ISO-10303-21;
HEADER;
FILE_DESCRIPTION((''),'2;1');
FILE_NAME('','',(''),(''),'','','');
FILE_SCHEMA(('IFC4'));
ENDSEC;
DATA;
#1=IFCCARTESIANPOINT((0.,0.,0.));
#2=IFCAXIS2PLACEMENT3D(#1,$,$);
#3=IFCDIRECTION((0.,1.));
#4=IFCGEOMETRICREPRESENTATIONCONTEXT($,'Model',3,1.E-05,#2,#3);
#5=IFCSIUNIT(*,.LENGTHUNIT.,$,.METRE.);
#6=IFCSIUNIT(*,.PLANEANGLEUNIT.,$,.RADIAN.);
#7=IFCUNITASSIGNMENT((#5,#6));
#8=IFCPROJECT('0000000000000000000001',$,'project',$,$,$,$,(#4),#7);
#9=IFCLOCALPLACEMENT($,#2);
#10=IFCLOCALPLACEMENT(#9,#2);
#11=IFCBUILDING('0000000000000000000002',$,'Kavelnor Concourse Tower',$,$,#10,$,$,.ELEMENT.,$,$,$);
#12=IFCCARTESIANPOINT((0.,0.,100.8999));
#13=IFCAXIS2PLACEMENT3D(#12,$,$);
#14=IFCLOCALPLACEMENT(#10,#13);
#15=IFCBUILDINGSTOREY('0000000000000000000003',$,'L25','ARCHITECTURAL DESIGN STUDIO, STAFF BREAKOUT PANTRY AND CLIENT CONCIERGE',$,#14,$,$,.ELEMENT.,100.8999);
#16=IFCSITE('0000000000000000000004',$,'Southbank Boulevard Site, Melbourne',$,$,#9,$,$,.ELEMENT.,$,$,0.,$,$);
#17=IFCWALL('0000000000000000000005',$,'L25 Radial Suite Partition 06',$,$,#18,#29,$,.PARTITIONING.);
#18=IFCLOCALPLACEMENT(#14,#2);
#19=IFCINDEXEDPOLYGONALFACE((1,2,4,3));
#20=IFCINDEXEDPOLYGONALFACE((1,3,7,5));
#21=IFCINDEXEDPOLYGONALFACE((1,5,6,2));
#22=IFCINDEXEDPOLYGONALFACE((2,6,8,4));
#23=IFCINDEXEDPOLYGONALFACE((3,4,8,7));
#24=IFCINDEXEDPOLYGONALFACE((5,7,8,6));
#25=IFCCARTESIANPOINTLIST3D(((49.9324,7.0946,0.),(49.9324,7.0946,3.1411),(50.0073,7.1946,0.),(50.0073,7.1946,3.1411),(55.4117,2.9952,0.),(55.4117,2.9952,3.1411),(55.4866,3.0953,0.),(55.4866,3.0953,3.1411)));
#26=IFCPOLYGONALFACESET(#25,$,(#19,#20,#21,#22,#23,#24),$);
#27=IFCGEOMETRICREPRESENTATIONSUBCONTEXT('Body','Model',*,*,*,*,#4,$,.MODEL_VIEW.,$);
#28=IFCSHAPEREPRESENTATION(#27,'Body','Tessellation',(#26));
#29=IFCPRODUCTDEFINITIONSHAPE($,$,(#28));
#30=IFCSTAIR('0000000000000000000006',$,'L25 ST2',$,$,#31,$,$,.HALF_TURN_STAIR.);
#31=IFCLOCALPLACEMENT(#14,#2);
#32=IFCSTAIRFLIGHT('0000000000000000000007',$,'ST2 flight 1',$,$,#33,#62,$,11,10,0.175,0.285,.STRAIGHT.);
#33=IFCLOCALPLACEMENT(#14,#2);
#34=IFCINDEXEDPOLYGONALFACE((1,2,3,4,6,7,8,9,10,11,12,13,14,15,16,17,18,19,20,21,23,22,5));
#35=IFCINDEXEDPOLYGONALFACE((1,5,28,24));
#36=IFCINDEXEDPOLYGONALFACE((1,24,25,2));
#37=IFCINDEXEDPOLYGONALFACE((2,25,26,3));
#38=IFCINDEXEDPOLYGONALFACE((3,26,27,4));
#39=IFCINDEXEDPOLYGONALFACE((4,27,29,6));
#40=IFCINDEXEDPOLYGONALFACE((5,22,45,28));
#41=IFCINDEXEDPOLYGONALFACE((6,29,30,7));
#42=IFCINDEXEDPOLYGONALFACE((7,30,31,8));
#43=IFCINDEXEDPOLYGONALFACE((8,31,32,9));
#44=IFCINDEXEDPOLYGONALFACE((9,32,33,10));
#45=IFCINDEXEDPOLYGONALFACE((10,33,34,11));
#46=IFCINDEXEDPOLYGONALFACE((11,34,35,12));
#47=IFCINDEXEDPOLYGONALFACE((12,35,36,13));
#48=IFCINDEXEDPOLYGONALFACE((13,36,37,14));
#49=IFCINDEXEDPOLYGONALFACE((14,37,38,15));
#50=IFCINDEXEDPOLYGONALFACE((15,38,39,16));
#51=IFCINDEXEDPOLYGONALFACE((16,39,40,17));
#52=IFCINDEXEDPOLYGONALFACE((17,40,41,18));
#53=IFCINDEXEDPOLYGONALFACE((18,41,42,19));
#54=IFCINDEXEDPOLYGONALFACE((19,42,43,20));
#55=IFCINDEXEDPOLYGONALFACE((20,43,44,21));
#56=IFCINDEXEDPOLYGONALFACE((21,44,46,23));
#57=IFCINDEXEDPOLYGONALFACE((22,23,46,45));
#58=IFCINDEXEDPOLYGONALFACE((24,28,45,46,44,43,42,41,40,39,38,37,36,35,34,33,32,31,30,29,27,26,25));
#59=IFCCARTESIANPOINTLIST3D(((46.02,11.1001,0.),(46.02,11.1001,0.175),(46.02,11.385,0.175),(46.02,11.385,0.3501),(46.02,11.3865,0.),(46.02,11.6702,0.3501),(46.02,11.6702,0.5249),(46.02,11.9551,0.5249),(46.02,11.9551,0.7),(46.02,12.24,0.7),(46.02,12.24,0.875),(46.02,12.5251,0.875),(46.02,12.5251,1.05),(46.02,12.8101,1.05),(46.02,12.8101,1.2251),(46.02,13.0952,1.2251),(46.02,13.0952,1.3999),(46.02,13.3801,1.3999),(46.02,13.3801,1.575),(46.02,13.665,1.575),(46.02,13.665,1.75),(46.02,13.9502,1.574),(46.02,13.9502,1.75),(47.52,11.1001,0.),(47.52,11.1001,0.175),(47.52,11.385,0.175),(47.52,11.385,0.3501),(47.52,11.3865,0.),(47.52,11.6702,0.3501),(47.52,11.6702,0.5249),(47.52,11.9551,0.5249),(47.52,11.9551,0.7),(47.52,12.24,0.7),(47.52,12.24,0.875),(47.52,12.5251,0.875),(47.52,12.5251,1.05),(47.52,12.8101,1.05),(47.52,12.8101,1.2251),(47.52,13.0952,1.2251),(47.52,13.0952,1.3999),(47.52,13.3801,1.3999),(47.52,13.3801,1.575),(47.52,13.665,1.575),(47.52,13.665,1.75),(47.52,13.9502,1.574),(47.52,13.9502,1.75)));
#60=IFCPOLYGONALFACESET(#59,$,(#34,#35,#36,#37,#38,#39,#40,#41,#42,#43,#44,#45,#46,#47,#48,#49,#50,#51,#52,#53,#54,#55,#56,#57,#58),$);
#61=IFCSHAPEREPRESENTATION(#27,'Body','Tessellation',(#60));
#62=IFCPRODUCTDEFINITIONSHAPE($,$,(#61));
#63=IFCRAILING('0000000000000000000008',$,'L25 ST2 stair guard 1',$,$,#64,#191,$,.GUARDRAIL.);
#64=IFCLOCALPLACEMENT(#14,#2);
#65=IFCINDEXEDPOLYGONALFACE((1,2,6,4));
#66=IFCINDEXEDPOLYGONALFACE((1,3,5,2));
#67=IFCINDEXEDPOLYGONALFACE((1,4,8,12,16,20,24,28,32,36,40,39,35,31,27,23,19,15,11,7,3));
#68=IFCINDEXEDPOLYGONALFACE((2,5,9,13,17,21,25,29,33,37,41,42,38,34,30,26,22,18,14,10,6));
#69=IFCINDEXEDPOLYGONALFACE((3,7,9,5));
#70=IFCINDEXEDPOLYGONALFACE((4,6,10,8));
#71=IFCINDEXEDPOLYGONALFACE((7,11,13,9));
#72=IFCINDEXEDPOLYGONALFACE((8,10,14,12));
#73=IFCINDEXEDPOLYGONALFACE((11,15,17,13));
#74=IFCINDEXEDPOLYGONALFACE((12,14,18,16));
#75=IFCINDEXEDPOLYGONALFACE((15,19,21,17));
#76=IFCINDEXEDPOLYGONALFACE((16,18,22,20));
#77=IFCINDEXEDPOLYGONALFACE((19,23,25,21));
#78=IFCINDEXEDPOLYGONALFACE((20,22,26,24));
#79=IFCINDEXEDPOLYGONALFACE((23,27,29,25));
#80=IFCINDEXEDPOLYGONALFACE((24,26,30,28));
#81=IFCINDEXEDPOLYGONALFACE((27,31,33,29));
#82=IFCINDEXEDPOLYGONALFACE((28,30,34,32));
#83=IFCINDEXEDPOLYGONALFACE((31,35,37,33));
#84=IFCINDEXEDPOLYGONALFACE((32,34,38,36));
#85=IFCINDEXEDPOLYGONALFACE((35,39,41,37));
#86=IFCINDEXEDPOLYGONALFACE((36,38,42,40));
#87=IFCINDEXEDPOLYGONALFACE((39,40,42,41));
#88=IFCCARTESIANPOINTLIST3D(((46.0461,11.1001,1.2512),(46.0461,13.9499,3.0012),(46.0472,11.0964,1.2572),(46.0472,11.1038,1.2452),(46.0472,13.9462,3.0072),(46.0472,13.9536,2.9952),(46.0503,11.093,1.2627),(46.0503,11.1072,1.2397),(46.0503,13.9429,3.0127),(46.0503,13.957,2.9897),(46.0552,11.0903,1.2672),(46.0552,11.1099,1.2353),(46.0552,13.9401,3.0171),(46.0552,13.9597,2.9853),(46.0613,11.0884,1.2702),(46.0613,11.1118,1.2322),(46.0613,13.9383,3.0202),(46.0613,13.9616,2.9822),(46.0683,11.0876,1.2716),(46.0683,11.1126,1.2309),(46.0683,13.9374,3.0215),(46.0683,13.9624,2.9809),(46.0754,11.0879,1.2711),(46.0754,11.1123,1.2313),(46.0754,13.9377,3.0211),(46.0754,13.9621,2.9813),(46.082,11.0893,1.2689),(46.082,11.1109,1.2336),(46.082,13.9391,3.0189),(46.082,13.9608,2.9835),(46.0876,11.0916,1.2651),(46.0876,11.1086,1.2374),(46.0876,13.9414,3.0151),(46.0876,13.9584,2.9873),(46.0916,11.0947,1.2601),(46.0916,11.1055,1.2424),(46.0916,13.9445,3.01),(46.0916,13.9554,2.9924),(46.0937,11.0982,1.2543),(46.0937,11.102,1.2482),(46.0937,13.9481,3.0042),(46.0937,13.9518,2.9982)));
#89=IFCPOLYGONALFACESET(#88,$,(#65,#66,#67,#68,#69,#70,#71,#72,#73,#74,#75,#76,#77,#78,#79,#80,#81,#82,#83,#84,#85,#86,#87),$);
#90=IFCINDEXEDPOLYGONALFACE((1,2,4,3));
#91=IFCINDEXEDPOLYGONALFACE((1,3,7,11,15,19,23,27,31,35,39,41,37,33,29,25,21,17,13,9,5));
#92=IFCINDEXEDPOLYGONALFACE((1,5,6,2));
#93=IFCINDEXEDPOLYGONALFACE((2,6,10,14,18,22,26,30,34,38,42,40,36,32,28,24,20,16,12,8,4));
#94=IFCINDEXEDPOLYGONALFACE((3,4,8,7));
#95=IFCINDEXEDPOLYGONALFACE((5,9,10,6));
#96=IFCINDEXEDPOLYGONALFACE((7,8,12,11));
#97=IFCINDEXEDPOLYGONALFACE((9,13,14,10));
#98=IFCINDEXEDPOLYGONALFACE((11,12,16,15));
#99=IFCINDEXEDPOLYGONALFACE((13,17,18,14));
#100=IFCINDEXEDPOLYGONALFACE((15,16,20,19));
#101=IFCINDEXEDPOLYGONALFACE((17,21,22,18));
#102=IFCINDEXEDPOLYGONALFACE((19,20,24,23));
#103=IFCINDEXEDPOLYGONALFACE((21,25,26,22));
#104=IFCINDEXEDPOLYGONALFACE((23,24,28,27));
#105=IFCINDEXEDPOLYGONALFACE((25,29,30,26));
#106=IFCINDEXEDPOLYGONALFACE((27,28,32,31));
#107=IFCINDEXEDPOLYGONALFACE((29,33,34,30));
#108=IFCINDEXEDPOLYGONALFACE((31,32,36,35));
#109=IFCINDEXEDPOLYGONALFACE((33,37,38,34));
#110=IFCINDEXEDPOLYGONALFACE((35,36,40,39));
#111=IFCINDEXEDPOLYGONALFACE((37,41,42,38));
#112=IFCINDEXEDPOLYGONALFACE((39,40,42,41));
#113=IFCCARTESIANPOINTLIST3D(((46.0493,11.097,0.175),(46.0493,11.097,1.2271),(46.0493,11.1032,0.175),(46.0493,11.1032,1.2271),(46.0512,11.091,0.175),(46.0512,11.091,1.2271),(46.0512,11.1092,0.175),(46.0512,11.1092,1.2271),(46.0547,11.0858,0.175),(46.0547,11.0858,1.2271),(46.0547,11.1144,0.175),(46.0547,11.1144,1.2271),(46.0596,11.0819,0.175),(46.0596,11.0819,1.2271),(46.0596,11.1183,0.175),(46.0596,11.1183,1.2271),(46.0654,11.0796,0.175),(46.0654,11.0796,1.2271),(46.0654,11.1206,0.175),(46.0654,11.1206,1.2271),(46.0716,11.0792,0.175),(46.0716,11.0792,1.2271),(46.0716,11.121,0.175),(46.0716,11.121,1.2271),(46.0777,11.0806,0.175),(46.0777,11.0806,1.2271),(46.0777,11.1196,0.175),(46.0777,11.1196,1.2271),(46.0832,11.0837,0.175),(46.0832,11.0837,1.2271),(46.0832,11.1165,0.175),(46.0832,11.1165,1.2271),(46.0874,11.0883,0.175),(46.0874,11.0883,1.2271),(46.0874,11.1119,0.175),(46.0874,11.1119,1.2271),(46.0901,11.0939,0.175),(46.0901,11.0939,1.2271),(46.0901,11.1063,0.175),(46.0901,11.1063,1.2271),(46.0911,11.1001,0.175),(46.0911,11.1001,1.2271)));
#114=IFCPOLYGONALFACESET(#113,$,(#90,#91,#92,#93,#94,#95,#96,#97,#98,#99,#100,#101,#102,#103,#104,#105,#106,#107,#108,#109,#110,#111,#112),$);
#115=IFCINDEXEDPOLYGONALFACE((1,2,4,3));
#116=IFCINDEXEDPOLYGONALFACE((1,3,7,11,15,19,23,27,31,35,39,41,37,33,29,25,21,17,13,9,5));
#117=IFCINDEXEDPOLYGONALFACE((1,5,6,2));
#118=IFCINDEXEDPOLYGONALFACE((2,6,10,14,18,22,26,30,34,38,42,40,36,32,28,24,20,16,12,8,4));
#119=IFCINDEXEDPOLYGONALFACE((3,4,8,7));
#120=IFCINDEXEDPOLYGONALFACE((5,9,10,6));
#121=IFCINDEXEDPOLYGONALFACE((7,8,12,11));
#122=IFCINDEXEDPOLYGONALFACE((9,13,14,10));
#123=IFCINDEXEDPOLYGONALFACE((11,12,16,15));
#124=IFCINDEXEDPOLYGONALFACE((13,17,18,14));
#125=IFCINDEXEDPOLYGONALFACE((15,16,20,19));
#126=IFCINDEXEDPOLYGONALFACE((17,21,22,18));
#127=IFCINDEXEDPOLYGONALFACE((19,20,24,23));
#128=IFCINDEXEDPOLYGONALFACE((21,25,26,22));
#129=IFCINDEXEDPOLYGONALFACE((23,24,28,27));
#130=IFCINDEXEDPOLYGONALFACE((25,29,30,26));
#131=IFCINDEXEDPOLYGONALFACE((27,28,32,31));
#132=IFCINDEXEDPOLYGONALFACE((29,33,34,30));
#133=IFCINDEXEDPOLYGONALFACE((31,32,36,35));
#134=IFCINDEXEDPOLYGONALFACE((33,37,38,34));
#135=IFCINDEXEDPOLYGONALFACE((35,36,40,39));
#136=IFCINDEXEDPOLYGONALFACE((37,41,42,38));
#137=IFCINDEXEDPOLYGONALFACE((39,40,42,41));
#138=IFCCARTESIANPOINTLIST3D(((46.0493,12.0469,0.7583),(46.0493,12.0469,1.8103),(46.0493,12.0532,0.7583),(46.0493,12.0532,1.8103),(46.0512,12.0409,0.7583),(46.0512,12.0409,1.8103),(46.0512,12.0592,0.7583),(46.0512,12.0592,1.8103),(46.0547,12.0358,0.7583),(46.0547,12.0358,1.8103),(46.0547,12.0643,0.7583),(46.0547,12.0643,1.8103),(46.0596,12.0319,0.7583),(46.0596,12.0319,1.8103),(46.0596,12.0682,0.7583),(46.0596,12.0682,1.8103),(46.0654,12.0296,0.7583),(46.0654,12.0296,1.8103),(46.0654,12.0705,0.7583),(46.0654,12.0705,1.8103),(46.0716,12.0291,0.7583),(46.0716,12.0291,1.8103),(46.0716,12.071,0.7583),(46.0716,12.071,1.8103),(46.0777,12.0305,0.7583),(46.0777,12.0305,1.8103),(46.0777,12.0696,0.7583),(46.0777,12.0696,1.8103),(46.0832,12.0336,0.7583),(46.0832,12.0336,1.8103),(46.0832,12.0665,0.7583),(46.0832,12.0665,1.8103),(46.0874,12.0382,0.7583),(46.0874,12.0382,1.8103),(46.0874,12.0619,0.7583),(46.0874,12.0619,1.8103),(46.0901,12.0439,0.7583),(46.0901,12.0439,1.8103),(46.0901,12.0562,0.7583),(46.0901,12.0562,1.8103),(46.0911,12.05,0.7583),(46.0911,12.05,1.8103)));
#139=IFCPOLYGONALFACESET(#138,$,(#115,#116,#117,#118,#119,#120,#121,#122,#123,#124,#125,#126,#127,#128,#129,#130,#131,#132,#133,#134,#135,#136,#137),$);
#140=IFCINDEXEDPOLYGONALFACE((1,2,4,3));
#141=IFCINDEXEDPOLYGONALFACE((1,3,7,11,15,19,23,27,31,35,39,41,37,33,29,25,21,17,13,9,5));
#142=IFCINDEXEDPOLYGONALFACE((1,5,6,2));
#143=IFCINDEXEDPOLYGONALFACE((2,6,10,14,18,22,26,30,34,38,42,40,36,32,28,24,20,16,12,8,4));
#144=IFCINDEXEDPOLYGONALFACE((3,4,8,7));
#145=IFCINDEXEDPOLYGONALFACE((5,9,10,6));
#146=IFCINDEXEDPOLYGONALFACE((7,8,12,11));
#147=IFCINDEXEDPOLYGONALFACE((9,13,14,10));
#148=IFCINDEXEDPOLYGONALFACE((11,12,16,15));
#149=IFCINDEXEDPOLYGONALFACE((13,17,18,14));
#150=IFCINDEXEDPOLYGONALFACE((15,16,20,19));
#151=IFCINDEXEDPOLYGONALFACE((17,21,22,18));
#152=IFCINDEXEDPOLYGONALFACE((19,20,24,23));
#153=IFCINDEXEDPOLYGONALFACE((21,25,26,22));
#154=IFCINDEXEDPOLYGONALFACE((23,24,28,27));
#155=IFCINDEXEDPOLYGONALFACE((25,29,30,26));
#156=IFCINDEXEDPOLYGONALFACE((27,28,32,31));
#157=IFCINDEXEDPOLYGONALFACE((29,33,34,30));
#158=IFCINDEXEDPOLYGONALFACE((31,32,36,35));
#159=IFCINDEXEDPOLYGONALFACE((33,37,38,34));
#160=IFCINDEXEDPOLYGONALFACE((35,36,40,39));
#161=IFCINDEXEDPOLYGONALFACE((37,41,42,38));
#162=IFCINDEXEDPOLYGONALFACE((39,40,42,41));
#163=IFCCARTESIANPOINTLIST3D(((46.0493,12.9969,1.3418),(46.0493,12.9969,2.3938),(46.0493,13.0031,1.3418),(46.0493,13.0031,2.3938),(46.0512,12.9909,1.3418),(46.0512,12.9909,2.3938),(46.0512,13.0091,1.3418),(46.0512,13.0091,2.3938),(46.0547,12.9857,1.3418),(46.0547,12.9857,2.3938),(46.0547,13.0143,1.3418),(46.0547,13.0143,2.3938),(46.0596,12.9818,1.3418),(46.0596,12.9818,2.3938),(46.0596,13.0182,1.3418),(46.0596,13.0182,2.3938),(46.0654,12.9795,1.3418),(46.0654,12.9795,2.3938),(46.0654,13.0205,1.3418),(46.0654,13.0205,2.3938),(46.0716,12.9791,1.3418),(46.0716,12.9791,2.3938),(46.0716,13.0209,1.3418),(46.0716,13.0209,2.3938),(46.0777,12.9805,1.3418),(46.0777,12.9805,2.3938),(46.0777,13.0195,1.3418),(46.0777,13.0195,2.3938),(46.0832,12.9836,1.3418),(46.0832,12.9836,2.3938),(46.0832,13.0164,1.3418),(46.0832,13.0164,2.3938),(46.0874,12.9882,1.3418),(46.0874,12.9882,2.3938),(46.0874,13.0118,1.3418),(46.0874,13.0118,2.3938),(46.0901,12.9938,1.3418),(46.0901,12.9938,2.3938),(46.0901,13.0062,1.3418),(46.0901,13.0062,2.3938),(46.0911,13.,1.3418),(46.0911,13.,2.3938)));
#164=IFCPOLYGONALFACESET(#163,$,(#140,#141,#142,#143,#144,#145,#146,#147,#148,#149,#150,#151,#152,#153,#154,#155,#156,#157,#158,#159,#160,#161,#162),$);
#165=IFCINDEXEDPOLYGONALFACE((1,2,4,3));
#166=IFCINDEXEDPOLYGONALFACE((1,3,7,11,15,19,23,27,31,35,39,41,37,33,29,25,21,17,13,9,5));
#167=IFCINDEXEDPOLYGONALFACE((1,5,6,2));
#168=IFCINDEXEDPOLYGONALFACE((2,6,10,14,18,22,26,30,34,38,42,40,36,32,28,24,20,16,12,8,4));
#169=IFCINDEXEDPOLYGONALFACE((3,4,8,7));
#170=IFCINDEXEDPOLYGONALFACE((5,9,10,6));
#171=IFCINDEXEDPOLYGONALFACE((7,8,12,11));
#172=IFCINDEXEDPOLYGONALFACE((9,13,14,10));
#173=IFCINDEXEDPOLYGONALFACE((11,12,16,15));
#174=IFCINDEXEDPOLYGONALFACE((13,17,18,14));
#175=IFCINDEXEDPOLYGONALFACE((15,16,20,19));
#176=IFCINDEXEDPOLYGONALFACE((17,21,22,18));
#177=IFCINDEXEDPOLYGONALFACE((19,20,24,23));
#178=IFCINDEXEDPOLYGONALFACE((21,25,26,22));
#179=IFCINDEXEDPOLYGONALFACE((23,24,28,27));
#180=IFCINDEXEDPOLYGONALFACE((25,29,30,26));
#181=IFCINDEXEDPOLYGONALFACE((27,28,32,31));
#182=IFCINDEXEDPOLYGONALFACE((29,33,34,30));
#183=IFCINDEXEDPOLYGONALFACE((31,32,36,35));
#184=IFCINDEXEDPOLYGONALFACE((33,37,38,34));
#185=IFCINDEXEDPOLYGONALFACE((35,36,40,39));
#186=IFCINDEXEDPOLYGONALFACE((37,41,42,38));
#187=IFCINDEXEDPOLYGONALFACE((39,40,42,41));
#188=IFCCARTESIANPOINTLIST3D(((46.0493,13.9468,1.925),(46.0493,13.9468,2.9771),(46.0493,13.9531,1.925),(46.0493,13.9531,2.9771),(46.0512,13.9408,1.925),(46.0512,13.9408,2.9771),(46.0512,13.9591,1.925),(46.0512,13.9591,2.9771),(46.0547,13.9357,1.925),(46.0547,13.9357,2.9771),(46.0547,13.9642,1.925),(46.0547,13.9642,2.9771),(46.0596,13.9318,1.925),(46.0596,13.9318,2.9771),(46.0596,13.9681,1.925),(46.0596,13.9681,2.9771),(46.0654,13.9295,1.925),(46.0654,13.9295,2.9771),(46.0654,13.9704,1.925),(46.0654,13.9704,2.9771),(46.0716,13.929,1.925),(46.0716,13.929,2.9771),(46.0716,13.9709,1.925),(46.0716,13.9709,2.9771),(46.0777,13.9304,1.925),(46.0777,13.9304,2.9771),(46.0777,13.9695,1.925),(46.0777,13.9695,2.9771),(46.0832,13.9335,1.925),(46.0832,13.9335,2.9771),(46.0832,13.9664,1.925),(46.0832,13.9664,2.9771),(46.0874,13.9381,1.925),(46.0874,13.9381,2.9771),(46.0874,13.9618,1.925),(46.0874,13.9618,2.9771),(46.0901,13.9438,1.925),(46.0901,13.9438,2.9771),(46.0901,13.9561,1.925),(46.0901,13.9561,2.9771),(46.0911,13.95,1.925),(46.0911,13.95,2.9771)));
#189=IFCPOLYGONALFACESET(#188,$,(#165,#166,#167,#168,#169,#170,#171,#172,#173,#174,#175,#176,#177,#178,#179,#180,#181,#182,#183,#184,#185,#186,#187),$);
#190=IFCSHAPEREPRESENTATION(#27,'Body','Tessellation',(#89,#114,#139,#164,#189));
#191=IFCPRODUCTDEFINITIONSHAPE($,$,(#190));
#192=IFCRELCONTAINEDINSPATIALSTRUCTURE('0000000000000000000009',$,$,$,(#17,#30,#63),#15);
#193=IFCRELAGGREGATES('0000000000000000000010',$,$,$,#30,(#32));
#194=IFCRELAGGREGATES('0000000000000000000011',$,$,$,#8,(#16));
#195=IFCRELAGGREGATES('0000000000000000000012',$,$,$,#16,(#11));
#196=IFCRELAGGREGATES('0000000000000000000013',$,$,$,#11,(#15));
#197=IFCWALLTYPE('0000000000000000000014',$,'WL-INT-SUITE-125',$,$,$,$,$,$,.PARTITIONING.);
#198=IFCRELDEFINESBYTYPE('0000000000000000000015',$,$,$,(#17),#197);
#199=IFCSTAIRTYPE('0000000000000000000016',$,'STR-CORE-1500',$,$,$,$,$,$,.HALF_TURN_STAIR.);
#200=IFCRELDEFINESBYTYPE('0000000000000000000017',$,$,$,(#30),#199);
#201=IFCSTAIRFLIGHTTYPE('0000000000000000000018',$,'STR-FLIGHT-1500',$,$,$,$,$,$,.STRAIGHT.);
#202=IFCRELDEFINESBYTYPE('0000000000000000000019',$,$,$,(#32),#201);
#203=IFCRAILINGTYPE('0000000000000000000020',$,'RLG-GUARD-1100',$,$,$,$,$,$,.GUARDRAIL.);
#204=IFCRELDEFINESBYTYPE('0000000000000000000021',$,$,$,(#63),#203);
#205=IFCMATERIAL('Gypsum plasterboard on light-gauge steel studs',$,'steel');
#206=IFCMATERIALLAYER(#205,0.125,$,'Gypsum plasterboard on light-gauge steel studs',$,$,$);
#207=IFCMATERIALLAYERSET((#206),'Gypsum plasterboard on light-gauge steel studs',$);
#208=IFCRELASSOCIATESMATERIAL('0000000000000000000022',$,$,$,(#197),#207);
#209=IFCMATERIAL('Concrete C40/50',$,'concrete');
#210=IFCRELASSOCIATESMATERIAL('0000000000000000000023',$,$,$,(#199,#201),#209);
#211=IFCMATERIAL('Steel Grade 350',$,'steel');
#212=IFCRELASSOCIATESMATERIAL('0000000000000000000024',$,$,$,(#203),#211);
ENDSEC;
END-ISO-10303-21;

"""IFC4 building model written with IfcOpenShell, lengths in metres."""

from ifc_helpers import new_model, si_unit, direction, frame, frame_2d, origin, origin_2d, place, context, subcontext, project, spatial, polyline, rectangle, circle, outline, extrude, material, layer, layer_set, type_object, element, aggregate, save


model = new_model("IFC4")

# Units and contexts
model_context = context("Model", 3, precision=1e-05, world=origin(), true_north=direction((0.0, 1.0)))
body_context = subcontext(model_context, "Body", "Model", "MODEL_VIEW")
ifc_project = project(units=[si_unit("LENGTHUNIT", "METRE"), si_unit("PLANEANGLEUNIT", "RADIAN")], contexts=[model_context])

# Site, building, storey
site_placement = place(None, origin())
site = spatial("IfcSite", under=ifc_project, at=site_placement, Name="Southbank Boulevard Site, Melbourne", CompositionType="ELEMENT", RefElevation=0.0)
building_placement = place(site_placement, origin())
building = spatial("IfcBuilding", under=site, at=building_placement, Name="Kavelnor Concourse Tower", CompositionType="ELEMENT")
storey_placement = place(building_placement, frame((0.0, 0.0, 100.8999)))
storey = spatial("IfcBuildingStorey", under=building, at=storey_placement, Name="L25", Description="ARCHITECTURAL DESIGN STUDIO, STAFF BREAKOUT PANTRY AND CLIENT CONCIERGE", CompositionType="ELEMENT", Elevation=100.8999)

# Shared definitions
ifc_material_1 = material(Name="Steel Grade 350", Category="steel")

# Shared definitions
ifc_material_2 = material(Name="Gypsum plasterboard on light-gauge steel studs", Category="steel")

# Wall
ifc_layer_1 = layer(ifc_material_2, 0.125, Name="Gypsum plasterboard on light-gauge steel studs")
ifc_layer_set_1 = layer_set([ifc_layer_1], Name="Gypsum plasterboard on light-gauge steel studs")
wall_type_1 = type_object("IfcWallType", Name="WL-INT-SUITE-125", PredefinedType="PARTITIONING", material=ifc_layer_set_1)
wall_1_placement = place(storey_placement, frame((49.97, 7.1445, 0.0), z_axis=(0.0, 0.0, 1.0), x_axis=(0.800706, -0.599058, 0.0)))
element("IfcWall", 1, at=wall_1_placement, inside=storey, type_object=wall_type_1, Name="L25 Radial Suite Partition 06", PredefinedType="PARTITIONING", context=body_context, shape_type="SweptSolid", body=[
    extrude(rectangle(XDim=6.843, YDim=0.125, at=frame_2d((3.4214, 0.0))), origin(), (0.0, 0.0, 1.0), 3.1411),
])

# Stair, stair flight
ifc_material_3 = material(Name="Concrete C40/50", Category="concrete")
stair_type = type_object("IfcStairType", Name="STR-CORE-1500", PredefinedType="HALF_TURN_STAIR", material=ifc_material_3)
stair_placement = place(storey_placement, origin())
stair = element("IfcStair", 2, at=stair_placement, inside=storey, type_object=stair_type, Name="L25 ST2", PredefinedType="HALF_TURN_STAIR")
stair_flight_type = type_object("IfcStairFlightType", Name="STR-FLIGHT-1500", PredefinedType="STRAIGHT", material=ifc_material_3)
stair_flight_placement = place(storey_placement, frame((46.77, 11.1001, 0.0), z_axis=(0.0, 0.0, 1.0), x_axis=(0.0, 1.0, 0.0)))
stair_flight = element("IfcStairFlight", 3, at=stair_flight_placement, type_object=stair_flight_type, Name="ST2 flight 1", NumberOfRisers=11, NumberOfTreads=10, PredefinedType="STRAIGHT", RiserHeight=0.175, TreadLength=0.285, context=body_context, shape_type="SweptSolid", body=[
    extrude(outline(polyline([(0.0, 0.0), (0.0, 0.175), (0.2849, 0.175), (0.2849, 0.3501), (0.5701, 0.3501), (0.5701, 0.5249), (0.855, 0.5249), (0.855, 0.7), (1.1399, 0.7), (1.1399, 0.875), (1.425, 0.875), (1.425, 1.05), (1.71, 1.05), (1.71, 1.2251), (1.9951, 1.2251), (1.9951, 1.3999), (2.28, 1.3999), (2.28, 1.575), (2.5649, 1.575), (2.5649, 1.75), (2.8501, 1.75), (2.8501, 1.925), (2.8501, 1.574), (0.2864, 0.0), (0.0, 0.0)])), frame((0.0, 0.75, 0.0), z_axis=(0.0, -1.0, 0.0), x_axis=(1.0, 0.0, 0.0)), (0.0, 0.0, 1.0), 1.5),
])
aggregate(stair, [stair_flight])

# Railing
railing_type_1 = type_object("IfcRailingType", Name="RLG-GUARD-1100", PredefinedType="GUARDRAIL", material=ifc_material_1)
railing_1_placement = place(storey_placement, frame((46.0701, 11.1001, 0.175)))
element("IfcRailing", 4, at=railing_1_placement, inside=storey, type_object=railing_type_1, Name="L25 ST2 stair guard 1", PredefinedType="GUARDRAIL", context=body_context, shape_type="SweptSolid", body=[
    extrude(circle(Radius=0.0239, at=origin_2d()), frame((0.0, 0.0, 1.0762), z_axis=(0.0, 0.852159, 0.523283), x_axis=(-1.0, 0.0, 0.0)), (0.0, 0.0, 1.0), 3.3442),
    extrude(circle(Radius=0.021, at=origin_2d()), origin(), (0.0, 0.0, 1.0), 1.052),
    extrude(circle(Radius=0.021, at=origin_2d()), frame((0.0, 0.95, 0.5833)), (0.0, 0.0, 1.0), 1.052),
    extrude(circle(Radius=0.021, at=origin_2d()), frame((0.0, 1.8999, 1.1667)), (0.0, 0.0, 1.0), 1.052),
    extrude(circle(Radius=0.021, at=origin_2d()), frame((0.0, 2.8499, 1.75)), (0.0, 0.0, 1.0), 1.052),
])

save(model, "model.ifc")
